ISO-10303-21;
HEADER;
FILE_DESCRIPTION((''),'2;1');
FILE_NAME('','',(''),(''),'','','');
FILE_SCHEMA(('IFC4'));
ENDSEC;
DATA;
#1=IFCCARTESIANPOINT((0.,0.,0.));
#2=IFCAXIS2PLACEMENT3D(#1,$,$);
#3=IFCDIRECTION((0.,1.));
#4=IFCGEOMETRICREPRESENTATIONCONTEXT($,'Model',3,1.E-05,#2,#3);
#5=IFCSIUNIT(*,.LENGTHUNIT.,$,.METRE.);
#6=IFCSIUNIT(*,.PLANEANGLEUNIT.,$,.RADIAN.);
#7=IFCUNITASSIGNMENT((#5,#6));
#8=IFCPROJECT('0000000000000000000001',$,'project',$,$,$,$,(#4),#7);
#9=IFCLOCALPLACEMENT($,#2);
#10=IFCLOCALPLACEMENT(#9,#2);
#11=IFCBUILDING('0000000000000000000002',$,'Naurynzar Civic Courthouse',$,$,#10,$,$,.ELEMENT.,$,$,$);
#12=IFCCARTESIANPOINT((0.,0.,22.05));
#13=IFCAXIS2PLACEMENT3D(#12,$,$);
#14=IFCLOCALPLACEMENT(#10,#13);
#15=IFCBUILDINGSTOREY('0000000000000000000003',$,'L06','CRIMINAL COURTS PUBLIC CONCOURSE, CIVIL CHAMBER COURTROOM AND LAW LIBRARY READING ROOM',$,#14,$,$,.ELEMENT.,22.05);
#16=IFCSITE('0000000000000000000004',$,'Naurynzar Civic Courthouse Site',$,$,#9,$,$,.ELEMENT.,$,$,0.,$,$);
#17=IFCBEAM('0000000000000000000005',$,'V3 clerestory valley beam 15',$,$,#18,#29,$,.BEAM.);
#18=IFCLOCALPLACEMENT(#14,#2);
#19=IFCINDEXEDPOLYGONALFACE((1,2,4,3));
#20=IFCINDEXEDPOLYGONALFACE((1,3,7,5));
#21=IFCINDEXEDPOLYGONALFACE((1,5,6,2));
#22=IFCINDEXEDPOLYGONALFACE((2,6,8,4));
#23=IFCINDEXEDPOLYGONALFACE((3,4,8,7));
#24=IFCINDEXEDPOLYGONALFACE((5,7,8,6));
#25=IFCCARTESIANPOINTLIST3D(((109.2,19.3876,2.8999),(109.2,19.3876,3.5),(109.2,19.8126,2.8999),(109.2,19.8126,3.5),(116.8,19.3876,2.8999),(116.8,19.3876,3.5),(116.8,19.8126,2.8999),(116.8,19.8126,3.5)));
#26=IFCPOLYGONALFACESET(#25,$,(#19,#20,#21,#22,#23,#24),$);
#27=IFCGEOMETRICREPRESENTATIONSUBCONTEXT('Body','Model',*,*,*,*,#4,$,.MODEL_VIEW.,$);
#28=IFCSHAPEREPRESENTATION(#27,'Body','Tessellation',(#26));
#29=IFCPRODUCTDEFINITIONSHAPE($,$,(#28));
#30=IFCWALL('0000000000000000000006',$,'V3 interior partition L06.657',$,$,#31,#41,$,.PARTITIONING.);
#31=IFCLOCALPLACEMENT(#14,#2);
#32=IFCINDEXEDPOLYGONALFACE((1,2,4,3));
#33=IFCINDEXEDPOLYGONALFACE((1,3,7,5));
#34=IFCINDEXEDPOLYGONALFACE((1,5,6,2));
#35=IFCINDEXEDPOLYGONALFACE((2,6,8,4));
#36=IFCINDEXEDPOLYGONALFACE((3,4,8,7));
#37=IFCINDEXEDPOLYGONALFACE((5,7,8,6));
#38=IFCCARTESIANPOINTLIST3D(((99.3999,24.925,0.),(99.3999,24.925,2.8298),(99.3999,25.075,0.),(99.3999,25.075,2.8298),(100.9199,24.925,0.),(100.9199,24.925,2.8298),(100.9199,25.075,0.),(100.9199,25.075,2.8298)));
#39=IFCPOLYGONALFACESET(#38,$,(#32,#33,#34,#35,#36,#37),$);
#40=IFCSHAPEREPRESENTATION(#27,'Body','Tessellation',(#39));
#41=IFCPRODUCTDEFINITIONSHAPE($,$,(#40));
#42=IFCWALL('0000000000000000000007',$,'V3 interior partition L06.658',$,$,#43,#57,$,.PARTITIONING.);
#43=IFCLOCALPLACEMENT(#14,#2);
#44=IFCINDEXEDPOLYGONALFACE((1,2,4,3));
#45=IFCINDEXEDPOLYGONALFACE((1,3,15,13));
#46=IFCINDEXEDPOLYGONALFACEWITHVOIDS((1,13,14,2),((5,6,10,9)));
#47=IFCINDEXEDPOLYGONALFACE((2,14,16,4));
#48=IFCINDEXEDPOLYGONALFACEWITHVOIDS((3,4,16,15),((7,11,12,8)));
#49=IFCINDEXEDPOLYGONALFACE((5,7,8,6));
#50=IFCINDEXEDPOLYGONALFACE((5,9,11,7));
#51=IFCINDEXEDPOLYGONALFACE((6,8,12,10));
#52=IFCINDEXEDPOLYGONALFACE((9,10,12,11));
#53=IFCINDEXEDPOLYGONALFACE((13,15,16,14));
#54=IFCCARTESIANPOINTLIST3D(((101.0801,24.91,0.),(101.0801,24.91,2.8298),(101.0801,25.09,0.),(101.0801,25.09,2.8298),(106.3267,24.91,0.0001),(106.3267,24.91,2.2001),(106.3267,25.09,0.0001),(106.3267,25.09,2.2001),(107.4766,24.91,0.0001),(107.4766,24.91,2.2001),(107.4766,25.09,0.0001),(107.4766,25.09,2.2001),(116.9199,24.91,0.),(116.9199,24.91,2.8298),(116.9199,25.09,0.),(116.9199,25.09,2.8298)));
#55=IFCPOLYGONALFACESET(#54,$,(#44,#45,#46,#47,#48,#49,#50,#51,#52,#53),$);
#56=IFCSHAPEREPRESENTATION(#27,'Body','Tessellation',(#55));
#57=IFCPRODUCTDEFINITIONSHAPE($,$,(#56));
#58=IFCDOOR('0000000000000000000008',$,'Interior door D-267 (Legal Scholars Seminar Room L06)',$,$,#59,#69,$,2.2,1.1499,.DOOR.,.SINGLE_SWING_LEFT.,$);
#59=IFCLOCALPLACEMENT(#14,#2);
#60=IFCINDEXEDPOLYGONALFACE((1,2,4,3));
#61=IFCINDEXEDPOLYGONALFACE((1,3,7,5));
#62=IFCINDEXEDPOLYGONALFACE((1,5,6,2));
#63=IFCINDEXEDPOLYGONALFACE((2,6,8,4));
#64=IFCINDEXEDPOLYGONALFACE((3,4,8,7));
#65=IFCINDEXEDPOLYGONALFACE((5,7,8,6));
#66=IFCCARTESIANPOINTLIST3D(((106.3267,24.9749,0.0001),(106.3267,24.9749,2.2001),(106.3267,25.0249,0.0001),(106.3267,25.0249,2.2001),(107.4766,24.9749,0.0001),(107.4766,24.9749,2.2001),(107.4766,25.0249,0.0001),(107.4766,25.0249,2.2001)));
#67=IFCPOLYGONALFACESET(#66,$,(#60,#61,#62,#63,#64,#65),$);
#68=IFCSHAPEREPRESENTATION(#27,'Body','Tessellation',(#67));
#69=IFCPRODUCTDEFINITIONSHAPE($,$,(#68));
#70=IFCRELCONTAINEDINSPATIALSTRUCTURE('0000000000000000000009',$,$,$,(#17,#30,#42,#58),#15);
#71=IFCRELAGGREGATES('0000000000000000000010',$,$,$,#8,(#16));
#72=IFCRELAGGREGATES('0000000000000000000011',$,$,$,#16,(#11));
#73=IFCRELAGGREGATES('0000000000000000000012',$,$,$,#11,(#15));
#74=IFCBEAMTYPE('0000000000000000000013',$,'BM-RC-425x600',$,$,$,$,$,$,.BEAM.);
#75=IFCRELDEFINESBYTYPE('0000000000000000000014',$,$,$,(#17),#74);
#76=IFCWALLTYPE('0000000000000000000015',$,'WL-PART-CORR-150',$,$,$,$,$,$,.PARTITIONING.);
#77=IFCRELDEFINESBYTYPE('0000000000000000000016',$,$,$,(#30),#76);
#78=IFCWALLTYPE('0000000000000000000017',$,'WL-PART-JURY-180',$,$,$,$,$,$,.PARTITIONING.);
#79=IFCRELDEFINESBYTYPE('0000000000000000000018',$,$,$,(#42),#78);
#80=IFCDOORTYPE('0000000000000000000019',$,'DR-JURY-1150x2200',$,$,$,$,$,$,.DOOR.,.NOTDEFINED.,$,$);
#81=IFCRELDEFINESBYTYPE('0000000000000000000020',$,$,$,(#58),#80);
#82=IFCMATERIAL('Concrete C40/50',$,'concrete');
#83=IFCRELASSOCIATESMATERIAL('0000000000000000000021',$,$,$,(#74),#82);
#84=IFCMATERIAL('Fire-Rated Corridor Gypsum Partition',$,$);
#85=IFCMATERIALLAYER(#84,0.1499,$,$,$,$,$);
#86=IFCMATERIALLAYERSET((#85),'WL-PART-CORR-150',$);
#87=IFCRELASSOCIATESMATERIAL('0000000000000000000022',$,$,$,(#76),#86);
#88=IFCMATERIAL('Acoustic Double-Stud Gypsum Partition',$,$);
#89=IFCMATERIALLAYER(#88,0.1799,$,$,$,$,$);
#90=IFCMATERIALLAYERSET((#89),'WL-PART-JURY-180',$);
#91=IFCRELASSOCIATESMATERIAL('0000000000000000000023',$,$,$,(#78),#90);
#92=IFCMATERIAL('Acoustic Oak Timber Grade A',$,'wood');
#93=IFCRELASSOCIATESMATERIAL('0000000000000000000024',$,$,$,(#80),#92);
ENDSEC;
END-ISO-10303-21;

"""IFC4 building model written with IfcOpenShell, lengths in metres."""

from ifc_helpers import new_model, si_unit, direction, frame, frame_2d, origin, origin_2d, place, context, subcontext, project, spatial, rectangle, extrude, material, layer, layer_set, material_profile, profile_set, type_object, element, fill, save


model = new_model("IFC4")

# Units and contexts
model_context = context("Model", 3, precision=1e-05, world=origin(), true_north=direction((0.0, 1.0)))
body_context = subcontext(model_context, "Body", "Model", "MODEL_VIEW")
ifc_project = project(units=[si_unit("LENGTHUNIT", "METRE"), si_unit("PLANEANGLEUNIT", "RADIAN")], contexts=[model_context])

# Site, building, storey
site_placement = place(None, origin())
site = spatial("IfcSite", under=ifc_project, at=site_placement, Name="Naurynzar Civic Courthouse Site", CompositionType="ELEMENT", RefElevation=0.0)
building_placement = place(site_placement, origin())
building = spatial("IfcBuilding", under=site, at=building_placement, Name="Naurynzar Civic Courthouse", CompositionType="ELEMENT")
storey_placement = place(building_placement, frame((0.0, 0.0, 22.05)))
storey = spatial("IfcBuildingStorey", under=building, at=storey_placement, Name="L06", Description="CRIMINAL COURTS PUBLIC CONCOURSE, CIVIL CHAMBER COURTROOM AND LAW LIBRARY READING ROOM", CompositionType="ELEMENT", Elevation=22.05)

# Beam
ifc_material_1 = material(Name="Concrete C40/50", Category="concrete")
ifc_material_profile_1 = material_profile(ifc_material_1, rectangle(XDim=0.425, YDim=0.6001, at=origin_2d()), Name="RCB 425x600")
ifc_profile_set_1 = profile_set([ifc_material_profile_1], Name="Concrete C40/50")
beam_type_1 = type_object("IfcBeamType", Name="BM-RC-425x600", PredefinedType="BEAM", material=ifc_profile_set_1)
for number, where, z_axis, x_axis, name in (
    (1, (109.2, 19.6001, 3.2), (1.0, 0.0, 0.0), (0.0, 1.0, 0.0), "V3 clerestory valley beam 15"),
):
    element("IfcBeam", number, at=place(storey_placement, frame(where, z_axis=z_axis, x_axis=x_axis)), inside=storey, type_object=beam_type_1, Name=name, PredefinedType="BEAM", context=body_context, shape_type="SweptSolid", body=[
        extrude(rectangle(XDim=0.425, YDim=0.6001, at=origin_2d()), origin(), (0.0, 0.0, 1.0), 7.6001),
    ])

# Wall
ifc_material_2 = material(Name="Fire-Rated Corridor Gypsum Partition")
ifc_layer_1 = layer(ifc_material_2, 0.1499)
ifc_layer_set_1 = layer_set([ifc_layer_1], Name="WL-PART-CORR-150")
wall_type_1 = type_object("IfcWallType", Name="WL-PART-CORR-150", PredefinedType="PARTITIONING", material=ifc_layer_set_1)
wall_1_placement = place(storey_placement, frame((99.3999, 25.0, 0.0), z_axis=(0.0, 0.0, 1.0), x_axis=(1.0, 0.0, 0.0)))
element("IfcWall", 2, at=wall_1_placement, inside=storey, type_object=wall_type_1, Name="V3 interior partition L06.657", PredefinedType="PARTITIONING", context=body_context, shape_type="SweptSolid", body=[
    extrude(rectangle(XDim=1.52, YDim=0.1499, at=frame_2d((0.76, 0.0))), origin(), (0.0, 0.0, 1.0), 2.8298),
])

# Wall, opening, door
ifc_material_3 = material(Name="Acoustic Double-Stud Gypsum Partition")
ifc_layer_2 = layer(ifc_material_3, 0.1799)
ifc_layer_set_2 = layer_set([ifc_layer_2], Name="WL-PART-JURY-180")
wall_type_2 = type_object("IfcWallType", Name="WL-PART-JURY-180", PredefinedType="PARTITIONING", material=ifc_layer_set_2)
wall_2_placement = place(storey_placement, frame((101.0801, 25.0, 0.0), z_axis=(0.0, 0.0, 1.0), x_axis=(1.0, 0.0, 0.0)))
wall_2 = element("IfcWall", 3, at=wall_2_placement, inside=storey, type_object=wall_type_2, Name="V3 interior partition L06.658", PredefinedType="PARTITIONING", context=body_context, shape_type="SweptSolid", body=[
    extrude(rectangle(XDim=15.8398, YDim=0.1799, at=frame_2d((7.9199, 0.0))), origin(), (0.0, 0.0, 1.0), 2.8298),
])
opening_placement = place(wall_2_placement, frame((5.2466, 0.0, 0.0)))
opening = element("IfcOpeningElement", 4, at=opening_placement, cuts=wall_2, PredefinedType="OPENING", context=body_context, shape_type="SweptSolid", body=[
    extrude(rectangle(XDim=1.1499, YDim=2.2, at=frame_2d((0.575, 1.1001))), frame((0.0, 0.0999, 0.0), z_axis=(0.0, -1.0, 0.0), x_axis=(1.0, 0.0, 0.0)), (0.0, 0.0, 1.0), 0.2),
])
ifc_material_4 = material(Name="Acoustic Oak Timber Grade A", Category="wood")
door_type = type_object("IfcDoorType", Name="DR-JURY-1150x2200", OperationType="NOTDEFINED", PredefinedType="DOOR", material=ifc_material_4)
door_placement = place(opening_placement, origin())
door = element("IfcDoor", 5, at=door_placement, inside=storey, type_object=door_type, Name="Interior door D-267 (Legal Scholars Seminar Room L06)", OperationType="SINGLE_SWING_LEFT", OverallHeight=2.2, OverallWidth=1.1499, PredefinedType="DOOR", context=body_context, shape_type="SweptSolid", body=[
    extrude(rectangle(XDim=1.1499, YDim=2.2, at=frame_2d((0.575, 1.1001))), frame((0.0, 0.0249, 0.0), z_axis=(0.0, -1.0, 0.0), x_axis=(1.0, 0.0, 0.0)), (0.0, 0.0, 1.0), 0.05),
])
fill(opening, door)

save(model, "model.ifc")
